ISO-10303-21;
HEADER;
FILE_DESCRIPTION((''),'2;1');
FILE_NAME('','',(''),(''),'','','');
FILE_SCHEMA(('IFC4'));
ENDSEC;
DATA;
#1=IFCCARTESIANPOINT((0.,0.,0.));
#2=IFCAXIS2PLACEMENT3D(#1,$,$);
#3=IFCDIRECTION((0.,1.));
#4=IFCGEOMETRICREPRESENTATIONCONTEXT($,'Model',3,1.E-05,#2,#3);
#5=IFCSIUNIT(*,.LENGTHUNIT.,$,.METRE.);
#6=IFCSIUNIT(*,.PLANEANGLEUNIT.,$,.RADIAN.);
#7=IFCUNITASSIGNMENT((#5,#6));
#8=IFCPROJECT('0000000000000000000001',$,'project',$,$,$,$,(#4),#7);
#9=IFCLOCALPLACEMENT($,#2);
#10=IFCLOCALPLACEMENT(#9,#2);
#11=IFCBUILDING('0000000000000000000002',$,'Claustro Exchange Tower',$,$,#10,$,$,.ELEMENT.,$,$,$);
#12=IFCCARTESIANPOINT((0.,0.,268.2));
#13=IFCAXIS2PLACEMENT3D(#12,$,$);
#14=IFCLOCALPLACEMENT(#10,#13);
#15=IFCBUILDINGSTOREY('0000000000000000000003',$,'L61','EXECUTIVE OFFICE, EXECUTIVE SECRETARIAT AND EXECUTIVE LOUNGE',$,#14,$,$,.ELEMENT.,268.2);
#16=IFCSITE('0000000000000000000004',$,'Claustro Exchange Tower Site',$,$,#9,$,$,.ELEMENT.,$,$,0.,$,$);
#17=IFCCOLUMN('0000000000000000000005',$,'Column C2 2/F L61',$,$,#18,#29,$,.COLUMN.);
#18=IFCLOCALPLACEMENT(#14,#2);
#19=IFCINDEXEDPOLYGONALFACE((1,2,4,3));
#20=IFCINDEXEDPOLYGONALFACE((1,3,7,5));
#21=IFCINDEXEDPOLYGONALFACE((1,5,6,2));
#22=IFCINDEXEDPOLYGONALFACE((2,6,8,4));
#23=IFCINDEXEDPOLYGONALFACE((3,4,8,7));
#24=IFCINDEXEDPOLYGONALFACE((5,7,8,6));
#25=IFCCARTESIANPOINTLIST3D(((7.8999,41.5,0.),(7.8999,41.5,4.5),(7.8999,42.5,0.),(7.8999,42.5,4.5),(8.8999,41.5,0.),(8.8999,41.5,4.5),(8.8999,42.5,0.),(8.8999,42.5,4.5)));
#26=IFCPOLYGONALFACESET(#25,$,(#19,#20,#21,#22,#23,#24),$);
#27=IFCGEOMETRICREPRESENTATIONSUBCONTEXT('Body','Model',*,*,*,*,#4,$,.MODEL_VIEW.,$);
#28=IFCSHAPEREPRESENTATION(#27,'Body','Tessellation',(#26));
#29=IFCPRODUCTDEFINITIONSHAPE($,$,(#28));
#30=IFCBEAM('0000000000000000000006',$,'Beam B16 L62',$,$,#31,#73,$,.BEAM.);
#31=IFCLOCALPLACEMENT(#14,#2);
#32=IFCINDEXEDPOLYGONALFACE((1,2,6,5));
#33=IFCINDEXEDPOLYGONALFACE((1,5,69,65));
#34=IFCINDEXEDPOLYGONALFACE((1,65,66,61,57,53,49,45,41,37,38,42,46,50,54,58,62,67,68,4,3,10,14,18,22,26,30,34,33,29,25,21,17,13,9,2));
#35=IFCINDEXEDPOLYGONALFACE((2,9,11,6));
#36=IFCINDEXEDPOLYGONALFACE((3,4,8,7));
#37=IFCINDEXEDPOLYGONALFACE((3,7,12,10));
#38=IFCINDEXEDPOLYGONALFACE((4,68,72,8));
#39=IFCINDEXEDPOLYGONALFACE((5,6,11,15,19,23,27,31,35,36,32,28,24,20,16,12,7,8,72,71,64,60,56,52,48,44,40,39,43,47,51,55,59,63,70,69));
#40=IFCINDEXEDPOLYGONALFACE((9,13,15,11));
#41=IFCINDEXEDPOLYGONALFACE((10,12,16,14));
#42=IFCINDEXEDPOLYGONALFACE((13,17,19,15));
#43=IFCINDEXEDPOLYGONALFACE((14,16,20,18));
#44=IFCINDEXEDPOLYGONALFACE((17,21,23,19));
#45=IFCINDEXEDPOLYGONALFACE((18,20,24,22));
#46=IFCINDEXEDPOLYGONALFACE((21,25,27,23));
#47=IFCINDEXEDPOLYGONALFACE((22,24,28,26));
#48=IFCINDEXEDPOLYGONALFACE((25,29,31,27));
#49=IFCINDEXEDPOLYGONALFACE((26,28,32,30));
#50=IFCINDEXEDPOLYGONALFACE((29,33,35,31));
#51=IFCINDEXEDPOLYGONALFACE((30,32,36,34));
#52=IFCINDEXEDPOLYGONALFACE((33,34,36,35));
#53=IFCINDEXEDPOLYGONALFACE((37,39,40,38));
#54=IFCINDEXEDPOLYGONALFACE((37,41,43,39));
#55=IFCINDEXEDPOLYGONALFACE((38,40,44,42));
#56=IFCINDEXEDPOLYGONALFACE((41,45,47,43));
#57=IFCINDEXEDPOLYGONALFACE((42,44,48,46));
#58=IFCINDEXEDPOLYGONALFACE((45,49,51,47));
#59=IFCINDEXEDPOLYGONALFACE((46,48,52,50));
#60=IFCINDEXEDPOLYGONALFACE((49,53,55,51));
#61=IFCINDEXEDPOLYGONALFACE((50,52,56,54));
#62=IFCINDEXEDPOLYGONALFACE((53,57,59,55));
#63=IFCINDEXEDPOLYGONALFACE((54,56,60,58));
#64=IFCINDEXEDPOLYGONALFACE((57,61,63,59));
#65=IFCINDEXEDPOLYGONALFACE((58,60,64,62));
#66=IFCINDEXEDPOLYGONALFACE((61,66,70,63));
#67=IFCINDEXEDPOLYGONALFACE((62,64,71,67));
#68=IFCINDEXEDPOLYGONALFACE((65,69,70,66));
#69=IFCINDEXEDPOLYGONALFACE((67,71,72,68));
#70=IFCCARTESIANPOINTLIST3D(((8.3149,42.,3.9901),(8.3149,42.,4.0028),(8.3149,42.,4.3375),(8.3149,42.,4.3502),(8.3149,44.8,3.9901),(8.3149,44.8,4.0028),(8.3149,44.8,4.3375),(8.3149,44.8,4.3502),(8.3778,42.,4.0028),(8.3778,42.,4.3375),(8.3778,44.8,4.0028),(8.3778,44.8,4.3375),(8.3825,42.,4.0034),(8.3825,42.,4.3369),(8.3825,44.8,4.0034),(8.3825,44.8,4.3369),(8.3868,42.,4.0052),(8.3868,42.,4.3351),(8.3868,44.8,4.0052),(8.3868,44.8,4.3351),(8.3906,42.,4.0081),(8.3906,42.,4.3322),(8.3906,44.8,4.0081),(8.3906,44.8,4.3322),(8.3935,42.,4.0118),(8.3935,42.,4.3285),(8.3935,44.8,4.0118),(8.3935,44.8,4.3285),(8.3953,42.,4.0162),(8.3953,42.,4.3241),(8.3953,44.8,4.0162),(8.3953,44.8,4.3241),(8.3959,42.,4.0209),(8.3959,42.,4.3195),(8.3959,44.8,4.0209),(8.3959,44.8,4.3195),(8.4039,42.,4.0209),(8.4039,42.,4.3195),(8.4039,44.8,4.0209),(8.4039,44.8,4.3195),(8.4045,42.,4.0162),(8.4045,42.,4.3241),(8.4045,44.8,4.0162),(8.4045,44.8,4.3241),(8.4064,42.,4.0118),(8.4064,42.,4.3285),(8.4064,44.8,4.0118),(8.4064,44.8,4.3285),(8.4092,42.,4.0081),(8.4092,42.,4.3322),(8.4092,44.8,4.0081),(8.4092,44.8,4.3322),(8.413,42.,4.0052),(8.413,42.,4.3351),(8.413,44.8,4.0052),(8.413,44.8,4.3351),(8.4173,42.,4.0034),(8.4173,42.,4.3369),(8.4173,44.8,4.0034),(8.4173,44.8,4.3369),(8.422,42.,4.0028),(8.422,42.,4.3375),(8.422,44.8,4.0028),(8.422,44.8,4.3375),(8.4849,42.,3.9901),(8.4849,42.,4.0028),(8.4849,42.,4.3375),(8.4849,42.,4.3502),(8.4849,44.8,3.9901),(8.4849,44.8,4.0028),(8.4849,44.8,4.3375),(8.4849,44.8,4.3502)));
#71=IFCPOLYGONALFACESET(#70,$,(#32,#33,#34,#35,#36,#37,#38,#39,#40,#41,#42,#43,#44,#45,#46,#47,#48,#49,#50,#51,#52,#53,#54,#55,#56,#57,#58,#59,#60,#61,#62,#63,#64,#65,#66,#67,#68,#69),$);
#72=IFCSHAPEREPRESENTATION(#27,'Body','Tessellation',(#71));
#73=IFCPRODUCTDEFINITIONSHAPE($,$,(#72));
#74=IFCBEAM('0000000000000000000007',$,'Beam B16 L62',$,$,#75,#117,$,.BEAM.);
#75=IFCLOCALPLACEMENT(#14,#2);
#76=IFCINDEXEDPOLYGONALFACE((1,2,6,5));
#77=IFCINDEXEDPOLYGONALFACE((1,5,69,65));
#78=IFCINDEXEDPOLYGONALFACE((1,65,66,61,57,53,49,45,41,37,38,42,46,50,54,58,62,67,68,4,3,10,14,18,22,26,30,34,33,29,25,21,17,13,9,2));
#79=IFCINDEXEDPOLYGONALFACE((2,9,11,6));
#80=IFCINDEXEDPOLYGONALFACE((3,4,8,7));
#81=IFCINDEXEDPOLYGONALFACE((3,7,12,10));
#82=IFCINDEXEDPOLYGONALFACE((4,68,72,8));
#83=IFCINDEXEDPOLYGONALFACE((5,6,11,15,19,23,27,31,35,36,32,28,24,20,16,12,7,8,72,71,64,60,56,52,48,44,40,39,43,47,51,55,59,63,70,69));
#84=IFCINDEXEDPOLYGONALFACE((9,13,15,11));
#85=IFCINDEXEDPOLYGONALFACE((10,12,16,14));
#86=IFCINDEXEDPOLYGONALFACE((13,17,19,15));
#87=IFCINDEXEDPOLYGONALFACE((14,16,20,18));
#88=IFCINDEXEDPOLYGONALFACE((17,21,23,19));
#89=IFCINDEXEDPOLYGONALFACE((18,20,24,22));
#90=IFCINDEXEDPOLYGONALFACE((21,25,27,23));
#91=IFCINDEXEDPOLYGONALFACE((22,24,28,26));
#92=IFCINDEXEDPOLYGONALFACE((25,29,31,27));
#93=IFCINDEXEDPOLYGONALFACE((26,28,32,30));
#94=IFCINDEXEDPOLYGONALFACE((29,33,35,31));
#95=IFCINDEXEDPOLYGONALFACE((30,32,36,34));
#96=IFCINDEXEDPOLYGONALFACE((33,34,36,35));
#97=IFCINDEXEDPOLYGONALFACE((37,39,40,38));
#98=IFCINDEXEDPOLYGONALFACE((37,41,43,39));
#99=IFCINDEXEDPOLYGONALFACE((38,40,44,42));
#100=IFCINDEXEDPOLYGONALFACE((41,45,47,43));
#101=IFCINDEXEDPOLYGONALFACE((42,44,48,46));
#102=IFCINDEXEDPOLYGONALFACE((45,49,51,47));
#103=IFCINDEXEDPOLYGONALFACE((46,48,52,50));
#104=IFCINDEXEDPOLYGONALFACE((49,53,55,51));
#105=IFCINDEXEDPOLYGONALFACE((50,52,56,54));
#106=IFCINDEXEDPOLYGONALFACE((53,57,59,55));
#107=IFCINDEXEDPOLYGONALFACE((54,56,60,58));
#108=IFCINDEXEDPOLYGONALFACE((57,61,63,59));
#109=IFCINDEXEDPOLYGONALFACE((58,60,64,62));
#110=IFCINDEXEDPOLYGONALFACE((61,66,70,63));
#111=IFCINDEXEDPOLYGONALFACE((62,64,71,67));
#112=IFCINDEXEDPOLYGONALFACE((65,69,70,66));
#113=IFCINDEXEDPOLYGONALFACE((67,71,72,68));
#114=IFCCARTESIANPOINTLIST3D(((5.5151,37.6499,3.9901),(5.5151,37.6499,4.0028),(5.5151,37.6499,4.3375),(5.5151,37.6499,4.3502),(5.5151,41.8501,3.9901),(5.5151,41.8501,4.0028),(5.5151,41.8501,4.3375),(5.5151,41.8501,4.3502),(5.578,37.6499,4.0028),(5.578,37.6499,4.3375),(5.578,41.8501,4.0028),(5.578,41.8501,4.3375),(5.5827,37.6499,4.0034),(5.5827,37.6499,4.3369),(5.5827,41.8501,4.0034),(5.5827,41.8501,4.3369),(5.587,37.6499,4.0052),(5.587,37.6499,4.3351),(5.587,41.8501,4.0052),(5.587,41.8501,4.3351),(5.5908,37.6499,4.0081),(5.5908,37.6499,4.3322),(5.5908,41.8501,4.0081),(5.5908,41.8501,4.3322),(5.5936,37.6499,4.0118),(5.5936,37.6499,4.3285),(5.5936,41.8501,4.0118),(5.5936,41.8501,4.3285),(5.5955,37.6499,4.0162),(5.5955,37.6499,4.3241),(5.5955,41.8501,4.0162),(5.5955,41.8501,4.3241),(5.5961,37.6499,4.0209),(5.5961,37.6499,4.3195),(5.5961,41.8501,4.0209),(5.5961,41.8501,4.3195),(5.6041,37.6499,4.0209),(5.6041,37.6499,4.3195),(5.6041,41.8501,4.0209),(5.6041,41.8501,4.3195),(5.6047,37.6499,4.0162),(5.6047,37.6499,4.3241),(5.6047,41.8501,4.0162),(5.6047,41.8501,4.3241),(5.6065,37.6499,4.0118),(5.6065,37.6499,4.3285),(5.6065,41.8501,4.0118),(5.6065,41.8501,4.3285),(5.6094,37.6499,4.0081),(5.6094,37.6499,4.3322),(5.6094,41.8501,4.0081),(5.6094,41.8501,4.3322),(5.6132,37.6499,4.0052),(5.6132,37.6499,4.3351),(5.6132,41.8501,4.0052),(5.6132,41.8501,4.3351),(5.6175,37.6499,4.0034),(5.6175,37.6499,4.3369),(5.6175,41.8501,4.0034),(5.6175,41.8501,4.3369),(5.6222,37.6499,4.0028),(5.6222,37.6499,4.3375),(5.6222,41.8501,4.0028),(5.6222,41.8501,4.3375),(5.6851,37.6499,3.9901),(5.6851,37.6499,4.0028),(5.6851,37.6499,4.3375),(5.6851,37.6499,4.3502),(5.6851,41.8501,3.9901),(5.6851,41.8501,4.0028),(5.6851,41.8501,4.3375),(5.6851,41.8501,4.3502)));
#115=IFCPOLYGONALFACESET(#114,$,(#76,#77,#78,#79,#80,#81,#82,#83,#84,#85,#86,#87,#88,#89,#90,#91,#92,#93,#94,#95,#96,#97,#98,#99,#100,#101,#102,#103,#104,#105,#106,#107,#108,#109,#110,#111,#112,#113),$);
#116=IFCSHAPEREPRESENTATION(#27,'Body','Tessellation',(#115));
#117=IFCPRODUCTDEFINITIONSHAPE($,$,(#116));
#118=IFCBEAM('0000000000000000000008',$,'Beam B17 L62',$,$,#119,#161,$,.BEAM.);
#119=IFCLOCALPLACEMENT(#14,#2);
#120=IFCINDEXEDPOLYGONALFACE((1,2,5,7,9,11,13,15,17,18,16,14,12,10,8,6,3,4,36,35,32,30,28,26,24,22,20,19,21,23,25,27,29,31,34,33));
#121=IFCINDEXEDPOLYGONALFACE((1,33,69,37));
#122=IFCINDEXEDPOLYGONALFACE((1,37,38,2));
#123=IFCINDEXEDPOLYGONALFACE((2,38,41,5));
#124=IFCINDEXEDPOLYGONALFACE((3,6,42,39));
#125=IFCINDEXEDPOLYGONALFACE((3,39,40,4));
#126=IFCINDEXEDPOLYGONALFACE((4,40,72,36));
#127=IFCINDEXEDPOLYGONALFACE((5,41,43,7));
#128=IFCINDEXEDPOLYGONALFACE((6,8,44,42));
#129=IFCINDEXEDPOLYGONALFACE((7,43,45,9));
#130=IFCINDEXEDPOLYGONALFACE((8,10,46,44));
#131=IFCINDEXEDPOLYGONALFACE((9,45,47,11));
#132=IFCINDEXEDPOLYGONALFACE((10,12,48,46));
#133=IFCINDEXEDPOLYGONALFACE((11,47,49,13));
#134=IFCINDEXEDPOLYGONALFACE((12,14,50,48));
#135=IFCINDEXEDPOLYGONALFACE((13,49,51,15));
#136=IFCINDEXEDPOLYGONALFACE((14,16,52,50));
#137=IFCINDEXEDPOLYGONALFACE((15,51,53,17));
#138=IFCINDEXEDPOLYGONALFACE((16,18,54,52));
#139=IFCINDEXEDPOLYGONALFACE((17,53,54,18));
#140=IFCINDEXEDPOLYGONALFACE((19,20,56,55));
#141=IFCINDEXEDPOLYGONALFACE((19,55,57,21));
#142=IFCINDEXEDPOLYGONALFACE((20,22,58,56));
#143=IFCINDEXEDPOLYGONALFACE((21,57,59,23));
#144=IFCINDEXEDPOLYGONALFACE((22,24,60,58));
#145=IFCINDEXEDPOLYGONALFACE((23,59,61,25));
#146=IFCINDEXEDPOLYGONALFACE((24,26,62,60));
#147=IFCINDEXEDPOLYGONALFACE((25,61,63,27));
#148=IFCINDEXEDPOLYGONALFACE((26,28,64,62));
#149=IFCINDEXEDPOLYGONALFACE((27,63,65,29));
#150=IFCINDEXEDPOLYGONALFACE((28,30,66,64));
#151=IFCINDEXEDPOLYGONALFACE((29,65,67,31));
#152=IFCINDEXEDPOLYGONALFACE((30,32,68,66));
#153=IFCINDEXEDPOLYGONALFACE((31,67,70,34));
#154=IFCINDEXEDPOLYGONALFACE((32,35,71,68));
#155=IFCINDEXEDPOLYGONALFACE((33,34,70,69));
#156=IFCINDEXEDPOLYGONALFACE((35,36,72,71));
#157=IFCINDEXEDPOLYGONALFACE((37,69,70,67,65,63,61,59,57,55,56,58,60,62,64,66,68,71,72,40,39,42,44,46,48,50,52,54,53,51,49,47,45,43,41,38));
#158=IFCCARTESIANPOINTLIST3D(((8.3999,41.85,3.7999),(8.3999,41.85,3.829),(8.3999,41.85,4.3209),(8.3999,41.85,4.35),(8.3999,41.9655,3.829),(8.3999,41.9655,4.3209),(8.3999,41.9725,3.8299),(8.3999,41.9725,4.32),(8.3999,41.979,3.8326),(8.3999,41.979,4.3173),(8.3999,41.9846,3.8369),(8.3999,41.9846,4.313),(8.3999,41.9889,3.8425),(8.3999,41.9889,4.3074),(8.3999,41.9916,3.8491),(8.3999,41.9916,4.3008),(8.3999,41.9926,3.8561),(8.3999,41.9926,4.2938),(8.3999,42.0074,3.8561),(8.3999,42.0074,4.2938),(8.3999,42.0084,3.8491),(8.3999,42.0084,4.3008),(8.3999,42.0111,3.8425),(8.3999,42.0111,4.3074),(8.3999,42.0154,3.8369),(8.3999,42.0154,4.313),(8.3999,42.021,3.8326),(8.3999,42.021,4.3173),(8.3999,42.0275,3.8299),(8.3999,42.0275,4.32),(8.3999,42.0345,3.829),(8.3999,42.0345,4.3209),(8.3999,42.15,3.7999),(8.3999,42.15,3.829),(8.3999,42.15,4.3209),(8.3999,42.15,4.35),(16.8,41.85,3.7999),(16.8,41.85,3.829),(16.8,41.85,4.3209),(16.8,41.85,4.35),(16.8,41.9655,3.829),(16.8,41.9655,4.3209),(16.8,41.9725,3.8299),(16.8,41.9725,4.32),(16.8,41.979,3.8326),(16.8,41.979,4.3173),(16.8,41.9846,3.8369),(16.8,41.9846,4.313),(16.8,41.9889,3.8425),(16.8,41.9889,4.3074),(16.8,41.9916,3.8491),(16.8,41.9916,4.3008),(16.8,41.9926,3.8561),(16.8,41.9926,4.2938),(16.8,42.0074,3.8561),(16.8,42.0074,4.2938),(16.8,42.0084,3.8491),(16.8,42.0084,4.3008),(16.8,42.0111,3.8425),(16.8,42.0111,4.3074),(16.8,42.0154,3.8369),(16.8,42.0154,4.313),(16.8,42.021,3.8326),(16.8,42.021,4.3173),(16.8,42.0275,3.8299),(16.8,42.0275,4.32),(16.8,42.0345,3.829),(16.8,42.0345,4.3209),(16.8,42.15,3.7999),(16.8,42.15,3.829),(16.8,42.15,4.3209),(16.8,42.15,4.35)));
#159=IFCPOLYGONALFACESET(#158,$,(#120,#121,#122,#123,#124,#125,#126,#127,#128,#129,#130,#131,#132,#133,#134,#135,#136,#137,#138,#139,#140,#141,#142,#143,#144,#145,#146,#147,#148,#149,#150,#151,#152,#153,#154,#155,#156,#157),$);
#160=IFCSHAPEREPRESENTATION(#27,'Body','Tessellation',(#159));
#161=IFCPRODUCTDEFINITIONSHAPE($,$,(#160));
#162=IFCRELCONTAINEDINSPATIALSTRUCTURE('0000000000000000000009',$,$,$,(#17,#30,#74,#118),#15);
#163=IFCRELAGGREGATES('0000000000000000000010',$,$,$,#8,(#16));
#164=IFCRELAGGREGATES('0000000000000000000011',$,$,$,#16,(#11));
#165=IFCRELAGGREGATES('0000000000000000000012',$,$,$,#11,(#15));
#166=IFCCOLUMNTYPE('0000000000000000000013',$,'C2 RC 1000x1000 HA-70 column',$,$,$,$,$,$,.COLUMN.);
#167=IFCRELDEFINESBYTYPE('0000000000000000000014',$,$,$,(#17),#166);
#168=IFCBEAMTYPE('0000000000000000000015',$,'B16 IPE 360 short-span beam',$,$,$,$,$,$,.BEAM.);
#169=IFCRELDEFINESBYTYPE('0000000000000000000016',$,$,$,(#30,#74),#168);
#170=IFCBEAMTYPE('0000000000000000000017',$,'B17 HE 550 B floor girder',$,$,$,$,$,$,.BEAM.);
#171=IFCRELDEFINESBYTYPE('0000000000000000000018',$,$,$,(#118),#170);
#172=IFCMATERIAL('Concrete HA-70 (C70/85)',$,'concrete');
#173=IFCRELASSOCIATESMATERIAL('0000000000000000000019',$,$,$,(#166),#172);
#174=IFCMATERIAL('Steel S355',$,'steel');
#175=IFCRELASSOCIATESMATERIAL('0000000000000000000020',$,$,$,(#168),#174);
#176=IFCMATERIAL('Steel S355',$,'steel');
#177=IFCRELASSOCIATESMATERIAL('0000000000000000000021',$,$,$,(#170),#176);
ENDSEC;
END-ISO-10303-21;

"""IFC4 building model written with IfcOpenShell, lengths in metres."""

from ifc_helpers import new_model, si_unit, direction, frame, origin, origin_2d, place, context, subcontext, project, spatial, rectangle, i_section, extrude, material, material_profile, profile_set, type_object, element, save


model = new_model("IFC4")

# Units and contexts
model_context = context("Model", 3, precision=1e-05, world=origin(), true_north=direction((0.0, 1.0)))
body_context = subcontext(model_context, "Body", "Model", "MODEL_VIEW")
ifc_project = project(units=[si_unit("LENGTHUNIT", "METRE"), si_unit("PLANEANGLEUNIT", "RADIAN")], contexts=[model_context])

# Site, building, storey
site_placement = place(None, origin())
site = spatial("IfcSite", under=ifc_project, at=site_placement, Name="Claustro Exchange Tower Site", CompositionType="ELEMENT", RefElevation=0.0)
building_placement = place(site_placement, origin())
building = spatial("IfcBuilding", under=site, at=building_placement, Name="Claustro Exchange Tower", CompositionType="ELEMENT")
storey_placement = place(building_placement, frame((0.0, 0.0, 268.2)))
storey = spatial("IfcBuildingStorey", under=building, at=storey_placement, Name="L61", Description="EXECUTIVE OFFICE, EXECUTIVE SECRETARIAT AND EXECUTIVE LOUNGE", CompositionType="ELEMENT", Elevation=268.2)

# Column
ifc_material_1 = material(Name="Concrete HA-70 (C70/85)", Category="concrete")
ifc_material_profile_1 = material_profile(ifc_material_1, rectangle(XDim=1.0, YDim=1.0, at=origin_2d()), Name="RC 1000x1000")
ifc_profile_set_1 = profile_set([ifc_material_profile_1], Name="Concrete HA-70 (C70/85)")
column_type = type_object("IfcColumnType", Name="C2 RC 1000x1000 HA-70 column", PredefinedType="COLUMN", material=ifc_profile_set_1)
column_placement = place(storey_placement, frame((8.3999, 42.0, 0.0), z_axis=(0.0, 0.0, 1.0), x_axis=(1.0, 0.0, 0.0)))
element("IfcColumn", 1, at=column_placement, inside=storey, type_object=column_type, Name="Column C2 2/F L61", PredefinedType="COLUMN", context=body_context, shape_type="SweptSolid", body=[
    extrude(rectangle(XDim=1.0, YDim=1.0, at=origin_2d()), origin(), (0.0, 0.0, 1.0), 4.5),
])

# Beams
ifc_material_2 = material(Name="Steel S355", Category="steel")
ifc_material_profile_2 = material_profile(ifc_material_2, i_section(OverallWidth=0.1699, OverallDepth=0.3601, WebThickness=0.0081, FlangeThickness=0.0127, FilletRadius=0.0181, at=origin_2d()), Name="IPE 360")
ifc_profile_set_2 = profile_set([ifc_material_profile_2], Name="Steel S355")
beam_type_1 = type_object("IfcBeamType", Name="B16 IPE 360 short-span beam", PredefinedType="BEAM", material=ifc_profile_set_2)
beam_1_placement = place(storey_placement, frame((8.3999, 42.0, 4.1702), z_axis=(0.0, 1.0, 0.0), x_axis=(-1.0, 0.0, 0.0)))
element("IfcBeam", 2, at=beam_1_placement, inside=storey, type_object=beam_type_1, Name="Beam B16 L62", PredefinedType="BEAM", context=body_context, shape_type="SweptSolid", body=[
    extrude(i_section(OverallWidth=0.1699, OverallDepth=0.3601, WebThickness=0.0081, FlangeThickness=0.0127, FilletRadius=0.0181, at=origin_2d()), origin(), (0.0, 0.0, 1.0), 2.8),
])
beam_2_placement = place(storey_placement, frame((5.6001, 37.6499, 4.1702), z_axis=(0.0, 1.0, 0.0), x_axis=(-1.0, 0.0, 0.0)))
element("IfcBeam", 3, at=beam_2_placement, inside=storey, type_object=beam_type_1, Name="Beam B16 L62", PredefinedType="BEAM", context=body_context, shape_type="SweptSolid", body=[
    extrude(i_section(OverallWidth=0.1699, OverallDepth=0.3601, WebThickness=0.0081, FlangeThickness=0.0127, FilletRadius=0.0181, at=origin_2d()), origin(), (0.0, 0.0, 1.0), 4.2002),
])
ifc_material_3 = material(Name="Steel S355", Category="steel")
ifc_material_profile_3 = material_profile(ifc_material_3, i_section(OverallWidth=0.3, OverallDepth=0.55, WebThickness=0.0149, FlangeThickness=0.0291, FilletRadius=0.0271, at=origin_2d()), Name="HE 550 B")
ifc_profile_set_3 = profile_set([ifc_material_profile_3], Name="Steel S355")
beam_type_2 = type_object("IfcBeamType", Name="B17 HE 550 B floor girder", PredefinedType="BEAM", material=ifc_profile_set_3)
beam_3_placement = place(storey_placement, frame((8.3999, 42.0, 4.075), z_axis=(1.0, 0.0, 0.0), x_axis=(0.0, 1.0, 0.0)))
element("IfcBeam", 4, at=beam_3_placement, inside=storey, type_object=beam_type_2, Name="Beam B17 L62", PredefinedType="BEAM", context=body_context, shape_type="SweptSolid", body=[
    extrude(i_section(OverallWidth=0.3, OverallDepth=0.55, WebThickness=0.0149, FlangeThickness=0.0291, FilletRadius=0.0271, at=origin_2d()), origin(), (0.0, 0.0, 1.0), 8.4001),
])

save(model, "model.ifc")
